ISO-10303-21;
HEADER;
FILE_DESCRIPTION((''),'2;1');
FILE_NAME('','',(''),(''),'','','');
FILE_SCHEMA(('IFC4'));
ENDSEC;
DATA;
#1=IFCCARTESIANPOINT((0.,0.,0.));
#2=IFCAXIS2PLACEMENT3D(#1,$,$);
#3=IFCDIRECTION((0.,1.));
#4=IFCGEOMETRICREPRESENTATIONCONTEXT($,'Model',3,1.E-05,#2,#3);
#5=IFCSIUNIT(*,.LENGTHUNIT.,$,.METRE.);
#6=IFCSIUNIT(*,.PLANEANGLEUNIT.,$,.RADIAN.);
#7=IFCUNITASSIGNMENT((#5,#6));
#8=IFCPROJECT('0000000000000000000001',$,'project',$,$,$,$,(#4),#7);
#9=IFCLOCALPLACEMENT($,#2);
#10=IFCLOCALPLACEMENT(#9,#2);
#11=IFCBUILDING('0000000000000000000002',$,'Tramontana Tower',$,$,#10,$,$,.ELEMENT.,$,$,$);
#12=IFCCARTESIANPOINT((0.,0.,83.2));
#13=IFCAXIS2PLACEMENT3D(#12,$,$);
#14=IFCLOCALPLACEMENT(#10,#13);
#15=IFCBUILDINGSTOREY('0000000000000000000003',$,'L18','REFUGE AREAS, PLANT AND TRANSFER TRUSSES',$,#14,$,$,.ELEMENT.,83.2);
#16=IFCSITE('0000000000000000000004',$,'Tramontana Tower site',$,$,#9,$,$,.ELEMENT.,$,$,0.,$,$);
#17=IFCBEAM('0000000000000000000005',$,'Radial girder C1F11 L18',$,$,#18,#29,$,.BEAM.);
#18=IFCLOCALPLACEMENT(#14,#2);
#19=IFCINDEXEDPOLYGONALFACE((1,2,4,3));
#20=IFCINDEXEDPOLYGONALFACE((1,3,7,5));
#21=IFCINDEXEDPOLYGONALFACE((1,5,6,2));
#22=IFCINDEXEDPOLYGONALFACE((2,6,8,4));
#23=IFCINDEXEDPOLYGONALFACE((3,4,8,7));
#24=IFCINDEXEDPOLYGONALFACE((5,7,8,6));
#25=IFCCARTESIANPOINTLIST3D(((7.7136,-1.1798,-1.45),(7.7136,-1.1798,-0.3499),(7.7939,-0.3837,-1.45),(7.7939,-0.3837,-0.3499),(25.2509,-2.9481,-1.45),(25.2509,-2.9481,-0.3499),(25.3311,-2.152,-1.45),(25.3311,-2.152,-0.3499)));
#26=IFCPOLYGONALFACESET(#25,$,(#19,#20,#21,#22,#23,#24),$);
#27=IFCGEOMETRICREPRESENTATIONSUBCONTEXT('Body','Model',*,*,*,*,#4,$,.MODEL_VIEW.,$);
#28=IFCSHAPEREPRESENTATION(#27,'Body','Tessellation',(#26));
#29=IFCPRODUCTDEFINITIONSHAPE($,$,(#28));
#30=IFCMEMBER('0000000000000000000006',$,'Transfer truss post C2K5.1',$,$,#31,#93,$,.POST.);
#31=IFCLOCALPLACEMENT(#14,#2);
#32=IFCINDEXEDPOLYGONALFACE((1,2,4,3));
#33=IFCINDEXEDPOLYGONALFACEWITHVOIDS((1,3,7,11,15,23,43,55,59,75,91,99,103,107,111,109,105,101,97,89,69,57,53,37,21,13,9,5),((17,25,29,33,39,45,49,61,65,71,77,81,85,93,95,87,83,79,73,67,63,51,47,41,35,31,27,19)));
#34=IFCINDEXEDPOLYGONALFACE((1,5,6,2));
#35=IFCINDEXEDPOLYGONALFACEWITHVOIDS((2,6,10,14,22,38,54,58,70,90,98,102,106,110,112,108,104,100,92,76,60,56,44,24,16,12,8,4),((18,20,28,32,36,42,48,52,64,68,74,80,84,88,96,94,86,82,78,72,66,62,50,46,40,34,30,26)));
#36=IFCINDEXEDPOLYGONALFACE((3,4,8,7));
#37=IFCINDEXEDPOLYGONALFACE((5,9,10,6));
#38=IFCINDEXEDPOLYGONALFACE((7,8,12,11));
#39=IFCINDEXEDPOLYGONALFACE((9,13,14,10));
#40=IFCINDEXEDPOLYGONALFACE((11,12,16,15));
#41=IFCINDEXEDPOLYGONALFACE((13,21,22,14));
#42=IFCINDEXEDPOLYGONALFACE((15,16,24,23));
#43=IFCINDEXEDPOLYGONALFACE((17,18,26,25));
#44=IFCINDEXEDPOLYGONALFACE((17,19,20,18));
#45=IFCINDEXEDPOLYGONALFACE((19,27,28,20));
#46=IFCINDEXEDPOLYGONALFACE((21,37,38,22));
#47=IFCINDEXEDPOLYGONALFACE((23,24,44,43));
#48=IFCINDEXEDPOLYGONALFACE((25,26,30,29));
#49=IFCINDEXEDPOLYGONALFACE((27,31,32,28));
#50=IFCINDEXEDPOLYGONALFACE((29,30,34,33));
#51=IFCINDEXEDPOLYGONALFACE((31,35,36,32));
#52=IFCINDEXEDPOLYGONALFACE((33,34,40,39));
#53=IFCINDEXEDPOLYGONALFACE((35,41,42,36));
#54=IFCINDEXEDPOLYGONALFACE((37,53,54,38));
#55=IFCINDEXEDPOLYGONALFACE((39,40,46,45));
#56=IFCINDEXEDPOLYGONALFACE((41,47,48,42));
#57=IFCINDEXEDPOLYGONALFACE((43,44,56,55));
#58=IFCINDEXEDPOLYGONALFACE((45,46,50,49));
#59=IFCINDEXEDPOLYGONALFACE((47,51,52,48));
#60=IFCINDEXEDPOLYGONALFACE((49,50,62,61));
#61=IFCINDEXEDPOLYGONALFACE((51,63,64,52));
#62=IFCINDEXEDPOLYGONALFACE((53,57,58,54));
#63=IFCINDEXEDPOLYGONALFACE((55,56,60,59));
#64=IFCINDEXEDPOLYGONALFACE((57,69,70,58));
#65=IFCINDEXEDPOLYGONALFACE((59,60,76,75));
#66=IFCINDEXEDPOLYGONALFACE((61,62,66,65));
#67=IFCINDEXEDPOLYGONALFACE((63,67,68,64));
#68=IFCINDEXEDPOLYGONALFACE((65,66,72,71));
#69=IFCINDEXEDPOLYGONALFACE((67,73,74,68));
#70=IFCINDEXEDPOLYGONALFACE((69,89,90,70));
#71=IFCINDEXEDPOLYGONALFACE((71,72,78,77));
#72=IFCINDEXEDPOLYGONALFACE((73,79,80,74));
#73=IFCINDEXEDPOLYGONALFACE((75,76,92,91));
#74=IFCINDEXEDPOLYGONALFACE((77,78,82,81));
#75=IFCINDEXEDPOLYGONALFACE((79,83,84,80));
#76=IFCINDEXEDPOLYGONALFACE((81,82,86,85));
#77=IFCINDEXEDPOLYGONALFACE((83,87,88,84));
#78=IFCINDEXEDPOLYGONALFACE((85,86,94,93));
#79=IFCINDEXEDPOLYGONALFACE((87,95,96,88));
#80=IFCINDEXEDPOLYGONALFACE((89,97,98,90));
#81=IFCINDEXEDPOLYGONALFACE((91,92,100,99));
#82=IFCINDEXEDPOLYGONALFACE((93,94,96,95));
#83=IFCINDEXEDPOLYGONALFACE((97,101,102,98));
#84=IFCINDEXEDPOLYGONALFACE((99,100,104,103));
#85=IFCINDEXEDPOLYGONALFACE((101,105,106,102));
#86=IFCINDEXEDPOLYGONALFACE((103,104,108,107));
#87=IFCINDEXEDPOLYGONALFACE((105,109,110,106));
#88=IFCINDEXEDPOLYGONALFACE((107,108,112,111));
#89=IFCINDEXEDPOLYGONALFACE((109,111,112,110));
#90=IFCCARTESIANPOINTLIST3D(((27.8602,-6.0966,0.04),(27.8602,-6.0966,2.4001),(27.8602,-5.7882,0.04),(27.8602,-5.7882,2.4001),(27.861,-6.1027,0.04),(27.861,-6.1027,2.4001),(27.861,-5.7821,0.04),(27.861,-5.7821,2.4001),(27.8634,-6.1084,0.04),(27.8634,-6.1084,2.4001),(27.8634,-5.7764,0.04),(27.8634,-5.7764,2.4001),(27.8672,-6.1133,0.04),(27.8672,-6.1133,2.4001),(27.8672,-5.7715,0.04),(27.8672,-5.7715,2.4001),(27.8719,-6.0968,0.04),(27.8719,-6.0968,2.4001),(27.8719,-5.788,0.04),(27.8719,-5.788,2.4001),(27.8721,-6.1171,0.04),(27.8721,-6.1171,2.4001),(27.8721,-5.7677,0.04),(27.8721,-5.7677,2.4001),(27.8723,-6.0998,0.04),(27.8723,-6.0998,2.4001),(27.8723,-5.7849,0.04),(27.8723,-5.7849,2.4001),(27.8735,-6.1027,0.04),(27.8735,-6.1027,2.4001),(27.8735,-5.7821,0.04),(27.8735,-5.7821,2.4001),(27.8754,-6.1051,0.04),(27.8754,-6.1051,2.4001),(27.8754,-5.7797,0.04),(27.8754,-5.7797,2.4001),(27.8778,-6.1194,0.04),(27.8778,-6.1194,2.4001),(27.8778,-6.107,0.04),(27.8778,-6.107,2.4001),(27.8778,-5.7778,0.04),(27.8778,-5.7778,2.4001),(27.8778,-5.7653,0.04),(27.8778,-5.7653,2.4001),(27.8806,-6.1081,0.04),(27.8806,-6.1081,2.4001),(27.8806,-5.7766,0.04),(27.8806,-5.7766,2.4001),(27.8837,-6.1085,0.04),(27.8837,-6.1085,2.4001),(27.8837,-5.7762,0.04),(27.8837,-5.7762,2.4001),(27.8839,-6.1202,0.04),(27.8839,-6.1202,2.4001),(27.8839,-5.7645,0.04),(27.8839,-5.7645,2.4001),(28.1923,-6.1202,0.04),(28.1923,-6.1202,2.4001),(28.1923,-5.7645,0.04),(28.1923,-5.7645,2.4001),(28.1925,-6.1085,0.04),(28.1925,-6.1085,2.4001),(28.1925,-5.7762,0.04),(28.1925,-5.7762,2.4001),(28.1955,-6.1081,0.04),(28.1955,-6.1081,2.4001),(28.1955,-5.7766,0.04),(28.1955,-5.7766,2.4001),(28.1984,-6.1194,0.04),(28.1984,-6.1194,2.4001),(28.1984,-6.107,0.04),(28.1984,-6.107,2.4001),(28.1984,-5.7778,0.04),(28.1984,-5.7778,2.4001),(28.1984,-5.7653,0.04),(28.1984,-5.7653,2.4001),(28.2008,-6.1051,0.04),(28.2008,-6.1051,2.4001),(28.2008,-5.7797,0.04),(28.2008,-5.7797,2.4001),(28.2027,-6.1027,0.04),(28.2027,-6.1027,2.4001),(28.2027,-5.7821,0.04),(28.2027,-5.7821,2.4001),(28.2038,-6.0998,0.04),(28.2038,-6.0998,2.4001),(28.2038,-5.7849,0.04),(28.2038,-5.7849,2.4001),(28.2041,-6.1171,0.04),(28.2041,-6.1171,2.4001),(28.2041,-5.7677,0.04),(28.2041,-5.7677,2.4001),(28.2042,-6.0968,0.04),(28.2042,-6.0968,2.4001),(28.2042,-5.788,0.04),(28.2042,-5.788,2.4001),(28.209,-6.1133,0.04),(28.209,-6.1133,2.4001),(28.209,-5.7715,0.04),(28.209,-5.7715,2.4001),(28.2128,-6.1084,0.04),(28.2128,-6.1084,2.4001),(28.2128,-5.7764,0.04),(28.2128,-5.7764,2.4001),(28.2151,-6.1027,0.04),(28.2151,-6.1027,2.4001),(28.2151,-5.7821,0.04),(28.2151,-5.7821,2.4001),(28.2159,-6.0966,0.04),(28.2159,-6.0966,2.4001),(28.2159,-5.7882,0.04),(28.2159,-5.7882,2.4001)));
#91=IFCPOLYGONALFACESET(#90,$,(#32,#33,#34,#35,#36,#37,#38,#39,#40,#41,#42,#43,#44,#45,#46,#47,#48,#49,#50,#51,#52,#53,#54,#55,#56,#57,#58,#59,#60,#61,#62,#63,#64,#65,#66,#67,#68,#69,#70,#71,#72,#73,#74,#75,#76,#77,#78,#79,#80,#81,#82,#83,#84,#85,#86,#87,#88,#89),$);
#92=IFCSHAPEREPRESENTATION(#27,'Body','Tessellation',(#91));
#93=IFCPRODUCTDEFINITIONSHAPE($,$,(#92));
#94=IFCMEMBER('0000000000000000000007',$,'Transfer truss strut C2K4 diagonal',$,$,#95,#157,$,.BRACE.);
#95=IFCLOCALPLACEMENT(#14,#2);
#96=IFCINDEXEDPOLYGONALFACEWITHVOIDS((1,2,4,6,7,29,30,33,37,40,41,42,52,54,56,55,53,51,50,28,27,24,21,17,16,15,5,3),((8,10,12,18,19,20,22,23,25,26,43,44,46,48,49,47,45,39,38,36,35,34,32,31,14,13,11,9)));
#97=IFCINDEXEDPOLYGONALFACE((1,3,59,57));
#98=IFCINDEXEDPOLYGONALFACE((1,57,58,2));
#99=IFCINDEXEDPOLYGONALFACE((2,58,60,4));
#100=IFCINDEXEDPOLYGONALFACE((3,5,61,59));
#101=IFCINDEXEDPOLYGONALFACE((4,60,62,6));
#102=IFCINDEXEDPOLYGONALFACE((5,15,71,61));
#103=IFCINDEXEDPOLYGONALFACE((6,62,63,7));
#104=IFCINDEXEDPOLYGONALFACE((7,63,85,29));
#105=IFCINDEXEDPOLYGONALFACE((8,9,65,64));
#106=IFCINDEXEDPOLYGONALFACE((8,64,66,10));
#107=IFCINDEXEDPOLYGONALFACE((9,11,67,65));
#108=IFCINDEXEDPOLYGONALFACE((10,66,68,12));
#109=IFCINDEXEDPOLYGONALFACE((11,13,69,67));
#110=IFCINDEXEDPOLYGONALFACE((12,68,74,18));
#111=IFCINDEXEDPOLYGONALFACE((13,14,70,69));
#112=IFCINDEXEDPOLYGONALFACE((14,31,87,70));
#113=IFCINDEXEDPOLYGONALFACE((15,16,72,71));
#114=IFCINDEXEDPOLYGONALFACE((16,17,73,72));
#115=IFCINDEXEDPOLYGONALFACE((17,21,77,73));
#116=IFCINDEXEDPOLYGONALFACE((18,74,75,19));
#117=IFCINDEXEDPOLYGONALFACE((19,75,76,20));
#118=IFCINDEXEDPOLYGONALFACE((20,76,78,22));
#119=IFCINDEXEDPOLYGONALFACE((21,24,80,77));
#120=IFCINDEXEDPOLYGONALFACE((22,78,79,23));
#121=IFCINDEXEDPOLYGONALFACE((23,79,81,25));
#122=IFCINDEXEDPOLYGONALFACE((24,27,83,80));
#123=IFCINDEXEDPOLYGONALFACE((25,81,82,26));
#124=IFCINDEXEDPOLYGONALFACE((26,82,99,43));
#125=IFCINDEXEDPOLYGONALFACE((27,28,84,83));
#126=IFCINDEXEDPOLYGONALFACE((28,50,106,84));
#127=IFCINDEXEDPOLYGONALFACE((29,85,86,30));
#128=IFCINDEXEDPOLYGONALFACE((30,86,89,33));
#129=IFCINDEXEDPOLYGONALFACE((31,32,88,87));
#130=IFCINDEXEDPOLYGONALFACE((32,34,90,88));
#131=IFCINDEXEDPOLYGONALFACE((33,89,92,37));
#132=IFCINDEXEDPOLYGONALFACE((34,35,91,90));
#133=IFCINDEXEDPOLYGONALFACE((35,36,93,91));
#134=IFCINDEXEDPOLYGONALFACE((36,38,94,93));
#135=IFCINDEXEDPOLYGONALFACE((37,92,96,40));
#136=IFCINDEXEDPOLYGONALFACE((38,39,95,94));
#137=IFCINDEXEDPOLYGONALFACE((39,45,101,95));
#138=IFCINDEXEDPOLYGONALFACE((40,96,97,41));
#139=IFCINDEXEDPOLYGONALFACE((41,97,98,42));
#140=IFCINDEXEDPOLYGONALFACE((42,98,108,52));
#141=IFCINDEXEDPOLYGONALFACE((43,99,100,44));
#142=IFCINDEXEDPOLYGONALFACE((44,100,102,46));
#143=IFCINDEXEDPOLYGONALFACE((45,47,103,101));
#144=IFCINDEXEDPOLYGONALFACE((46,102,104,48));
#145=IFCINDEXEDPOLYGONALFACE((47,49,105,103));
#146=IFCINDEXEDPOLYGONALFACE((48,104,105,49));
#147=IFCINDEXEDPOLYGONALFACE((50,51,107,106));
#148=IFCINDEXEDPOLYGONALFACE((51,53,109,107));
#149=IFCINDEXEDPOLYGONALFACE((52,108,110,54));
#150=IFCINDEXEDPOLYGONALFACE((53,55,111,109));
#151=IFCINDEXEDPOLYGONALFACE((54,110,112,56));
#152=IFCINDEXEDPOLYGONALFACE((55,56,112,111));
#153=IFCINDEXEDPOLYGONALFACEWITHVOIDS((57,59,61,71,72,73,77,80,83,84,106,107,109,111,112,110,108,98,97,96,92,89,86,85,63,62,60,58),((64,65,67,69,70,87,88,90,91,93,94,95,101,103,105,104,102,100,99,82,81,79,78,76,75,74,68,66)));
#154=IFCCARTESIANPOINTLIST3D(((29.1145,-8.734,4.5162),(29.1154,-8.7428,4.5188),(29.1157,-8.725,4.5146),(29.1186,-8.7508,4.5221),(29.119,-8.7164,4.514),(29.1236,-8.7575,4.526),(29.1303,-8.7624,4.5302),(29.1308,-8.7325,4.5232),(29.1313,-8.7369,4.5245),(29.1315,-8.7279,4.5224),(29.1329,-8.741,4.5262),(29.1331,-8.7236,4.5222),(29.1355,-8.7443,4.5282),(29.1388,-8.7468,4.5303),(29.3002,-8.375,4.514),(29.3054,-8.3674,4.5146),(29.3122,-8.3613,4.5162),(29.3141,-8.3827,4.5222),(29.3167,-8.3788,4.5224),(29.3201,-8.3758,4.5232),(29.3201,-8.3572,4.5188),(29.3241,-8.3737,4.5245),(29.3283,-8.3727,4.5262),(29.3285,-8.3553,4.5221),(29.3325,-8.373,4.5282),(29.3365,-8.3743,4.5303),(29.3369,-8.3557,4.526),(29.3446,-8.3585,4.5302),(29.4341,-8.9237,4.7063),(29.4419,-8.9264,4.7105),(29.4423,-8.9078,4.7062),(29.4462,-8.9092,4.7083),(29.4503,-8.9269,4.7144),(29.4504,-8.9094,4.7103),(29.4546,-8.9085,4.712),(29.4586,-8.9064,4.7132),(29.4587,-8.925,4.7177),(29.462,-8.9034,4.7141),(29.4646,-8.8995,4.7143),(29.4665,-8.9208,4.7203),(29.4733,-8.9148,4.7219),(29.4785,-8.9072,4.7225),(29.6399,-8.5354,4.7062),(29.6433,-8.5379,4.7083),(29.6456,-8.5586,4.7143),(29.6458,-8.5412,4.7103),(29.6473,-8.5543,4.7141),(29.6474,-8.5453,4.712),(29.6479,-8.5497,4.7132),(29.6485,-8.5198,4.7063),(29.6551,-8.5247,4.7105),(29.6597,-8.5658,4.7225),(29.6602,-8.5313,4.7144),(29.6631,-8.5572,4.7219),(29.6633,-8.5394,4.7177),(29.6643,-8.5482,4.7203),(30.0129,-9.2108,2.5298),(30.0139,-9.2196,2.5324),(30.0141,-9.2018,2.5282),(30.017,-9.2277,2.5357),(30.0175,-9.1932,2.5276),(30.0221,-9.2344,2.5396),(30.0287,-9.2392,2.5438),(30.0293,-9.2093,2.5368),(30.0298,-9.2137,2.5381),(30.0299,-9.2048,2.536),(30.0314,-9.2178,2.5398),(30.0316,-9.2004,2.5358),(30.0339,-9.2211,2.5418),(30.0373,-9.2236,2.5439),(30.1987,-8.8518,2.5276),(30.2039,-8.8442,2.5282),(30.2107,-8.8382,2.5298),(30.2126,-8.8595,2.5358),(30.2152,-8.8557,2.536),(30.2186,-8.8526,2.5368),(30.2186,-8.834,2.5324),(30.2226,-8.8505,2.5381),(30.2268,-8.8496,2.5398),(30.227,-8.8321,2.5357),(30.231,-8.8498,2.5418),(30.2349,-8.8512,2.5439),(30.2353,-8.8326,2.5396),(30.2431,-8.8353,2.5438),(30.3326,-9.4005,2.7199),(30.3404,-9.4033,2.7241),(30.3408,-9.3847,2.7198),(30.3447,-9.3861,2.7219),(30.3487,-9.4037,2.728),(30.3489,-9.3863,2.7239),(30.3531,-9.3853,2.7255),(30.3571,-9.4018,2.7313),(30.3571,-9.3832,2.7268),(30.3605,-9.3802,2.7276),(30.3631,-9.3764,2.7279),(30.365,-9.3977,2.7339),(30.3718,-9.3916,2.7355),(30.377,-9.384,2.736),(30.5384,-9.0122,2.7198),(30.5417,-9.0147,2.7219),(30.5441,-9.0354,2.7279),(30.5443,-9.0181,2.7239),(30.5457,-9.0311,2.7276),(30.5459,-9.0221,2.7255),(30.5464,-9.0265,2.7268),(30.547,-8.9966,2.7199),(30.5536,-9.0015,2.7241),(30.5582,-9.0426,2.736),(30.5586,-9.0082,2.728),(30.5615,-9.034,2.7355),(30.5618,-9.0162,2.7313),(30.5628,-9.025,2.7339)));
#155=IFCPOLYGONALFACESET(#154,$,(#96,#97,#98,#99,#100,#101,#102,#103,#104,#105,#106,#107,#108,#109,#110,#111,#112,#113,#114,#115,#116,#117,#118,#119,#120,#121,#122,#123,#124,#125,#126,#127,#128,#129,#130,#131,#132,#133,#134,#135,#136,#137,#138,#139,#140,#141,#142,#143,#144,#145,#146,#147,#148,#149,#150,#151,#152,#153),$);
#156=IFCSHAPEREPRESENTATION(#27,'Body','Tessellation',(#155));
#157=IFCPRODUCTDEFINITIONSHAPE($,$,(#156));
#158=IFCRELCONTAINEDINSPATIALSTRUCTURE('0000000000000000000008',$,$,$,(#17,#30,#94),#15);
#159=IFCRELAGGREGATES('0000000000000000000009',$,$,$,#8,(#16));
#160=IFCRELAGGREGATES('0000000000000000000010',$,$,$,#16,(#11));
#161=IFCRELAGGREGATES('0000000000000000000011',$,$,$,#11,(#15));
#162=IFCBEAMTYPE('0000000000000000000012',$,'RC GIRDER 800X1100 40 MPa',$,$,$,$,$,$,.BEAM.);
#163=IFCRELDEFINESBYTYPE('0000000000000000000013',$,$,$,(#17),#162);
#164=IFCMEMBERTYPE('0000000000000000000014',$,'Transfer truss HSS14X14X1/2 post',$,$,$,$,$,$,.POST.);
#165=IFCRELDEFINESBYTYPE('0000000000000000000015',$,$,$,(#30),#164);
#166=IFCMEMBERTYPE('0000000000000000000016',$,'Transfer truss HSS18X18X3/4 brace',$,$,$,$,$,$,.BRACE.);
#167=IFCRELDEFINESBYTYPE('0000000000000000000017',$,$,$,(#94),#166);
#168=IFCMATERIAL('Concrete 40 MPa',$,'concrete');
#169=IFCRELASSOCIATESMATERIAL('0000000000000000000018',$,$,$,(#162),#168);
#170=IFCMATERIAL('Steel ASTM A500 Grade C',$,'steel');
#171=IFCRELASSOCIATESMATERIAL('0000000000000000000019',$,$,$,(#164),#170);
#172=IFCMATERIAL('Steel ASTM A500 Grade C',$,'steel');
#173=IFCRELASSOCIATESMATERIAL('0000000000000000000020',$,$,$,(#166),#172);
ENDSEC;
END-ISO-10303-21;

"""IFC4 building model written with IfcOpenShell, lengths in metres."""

from ifc_helpers import new_model, si_unit, direction, frame, origin, origin_2d, place, context, subcontext, project, spatial, rectangle, hollow_rectangle, extrude, material, material_profile, profile_set, type_object, element, save


model = new_model("IFC4")

# Units and contexts
model_context = context("Model", 3, precision=1e-05, world=origin(), true_north=direction((0.0, 1.0)))
body_context = subcontext(model_context, "Body", "Model", "MODEL_VIEW")
ifc_project = project(units=[si_unit("LENGTHUNIT", "METRE"), si_unit("PLANEANGLEUNIT", "RADIAN")], contexts=[model_context])

# Site, building, storey
site_placement = place(None, origin())
site = spatial("IfcSite", under=ifc_project, at=site_placement, Name="Tramontana Tower site", CompositionType="ELEMENT", RefElevation=0.0)
building_placement = place(site_placement, origin())
building = spatial("IfcBuilding", under=site, at=building_placement, Name="Tramontana Tower", CompositionType="ELEMENT")
storey_placement = place(building_placement, frame((0.0, 0.0, 83.2)))
storey = spatial("IfcBuildingStorey", under=building, at=storey_placement, Name="L18", Description="REFUGE AREAS, PLANT AND TRANSFER TRUSSES", CompositionType="ELEMENT", Elevation=83.2)

# Beam
ifc_material_1 = material(Name="Concrete 40 MPa", Category="concrete")
ifc_material_profile_1 = material_profile(ifc_material_1, rectangle(XDim=0.8, YDim=1.1001, at=origin_2d()), Name="RC GIRDER 800X1100 40 MPa")
ifc_profile_set_1 = profile_set([ifc_material_profile_1], Name="Concrete 40 MPa")
beam_type_1 = type_object("IfcBeamType", Name="RC GIRDER 800X1100 40 MPa", PredefinedType="BEAM", material=ifc_profile_set_1)
beam_1_placement = place(storey_placement, frame((25.291, -2.55, -0.8999), z_axis=(-0.994955, 0.100322, 0.0), x_axis=(-0.100322, -0.994955, 0.0)))
element("IfcBeam", 1, at=beam_1_placement, inside=storey, type_object=beam_type_1, Name="Radial girder C1F11 L18", PredefinedType="BEAM", context=body_context, shape_type="SweptSolid", body=[
    extrude(rectangle(XDim=0.8, YDim=1.1001, at=origin_2d()), origin(), (0.0, 0.0, 1.0), 17.6262),
])

# Members
ifc_material_2 = material(Name="Steel ASTM A500 Grade C", Category="steel")
ifc_material_profile_2 = material_profile(ifc_material_2, hollow_rectangle(XDim=0.3557, YDim=0.3557, WallThickness=0.0117, InnerFilletRadius=0.0117, OuterFilletRadius=0.0237, at=origin_2d()), Name="HSS14X14X1/2")
ifc_profile_set_2 = profile_set([ifc_material_profile_2], Name="Steel ASTM A500 Grade C")
member_type_1 = type_object("IfcMemberType", Name="Transfer truss HSS14X14X1/2 post", PredefinedType="POST", material=ifc_profile_set_2)
member_1_placement = place(storey_placement, frame((28.0381, -5.9424, 0.04), z_axis=(0.0, 0.0, 1.0), x_axis=(1.0, 0.0, 0.0)))
element("IfcMember", 2, at=member_1_placement, inside=storey, type_object=member_type_1, Name="Transfer truss post C2K5.1", PredefinedType="POST", context=body_context, shape_type="SweptSolid", body=[
    extrude(hollow_rectangle(XDim=0.3557, YDim=0.3557, WallThickness=0.0117, InnerFilletRadius=0.0117, OuterFilletRadius=0.0237, at=origin_2d()), origin(), (0.0, 0.0, 1.0), 2.3601),
])
ifc_material_3 = material(Name="Steel ASTM A500 Grade C", Category="steel")
ifc_material_profile_3 = material_profile(ifc_material_3, hollow_rectangle(XDim=0.4573, YDim=0.4573, WallThickness=0.0178, InnerFilletRadius=0.0178, OuterFilletRadius=0.0354, at=origin_2d()), Name="HSS18X18X3/4")
ifc_profile_set_3 = profile_set([ifc_material_profile_3], Name="Steel ASTM A500 Grade C")
member_type_2 = type_object("IfcMemberType", Name="Transfer truss HSS18X18X3/4 brace", PredefinedType="BRACE", material=ifc_profile_set_3)
member_2_placement = place(storey_placement, frame((30.2878, -9.1179, 2.6318), z_axis=(-0.402598, 0.213661, 0.890092), x_axis=(-0.468781, -0.883315, 0.0)))
element("IfcMember", 3, at=member_2_placement, inside=storey, type_object=member_type_2, Name="Transfer truss strut C2K4 diagonal", PredefinedType="BRACE", context=body_context, shape_type="SweptSolid", body=[
    extrude(hollow_rectangle(XDim=0.4573, YDim=0.4573, WallThickness=0.0178, InnerFilletRadius=0.0178, OuterFilletRadius=0.0354, at=origin_2d()), origin(), (0.0, 0.0, 1.0), 2.2317),
])

save(model, "model.ifc")
